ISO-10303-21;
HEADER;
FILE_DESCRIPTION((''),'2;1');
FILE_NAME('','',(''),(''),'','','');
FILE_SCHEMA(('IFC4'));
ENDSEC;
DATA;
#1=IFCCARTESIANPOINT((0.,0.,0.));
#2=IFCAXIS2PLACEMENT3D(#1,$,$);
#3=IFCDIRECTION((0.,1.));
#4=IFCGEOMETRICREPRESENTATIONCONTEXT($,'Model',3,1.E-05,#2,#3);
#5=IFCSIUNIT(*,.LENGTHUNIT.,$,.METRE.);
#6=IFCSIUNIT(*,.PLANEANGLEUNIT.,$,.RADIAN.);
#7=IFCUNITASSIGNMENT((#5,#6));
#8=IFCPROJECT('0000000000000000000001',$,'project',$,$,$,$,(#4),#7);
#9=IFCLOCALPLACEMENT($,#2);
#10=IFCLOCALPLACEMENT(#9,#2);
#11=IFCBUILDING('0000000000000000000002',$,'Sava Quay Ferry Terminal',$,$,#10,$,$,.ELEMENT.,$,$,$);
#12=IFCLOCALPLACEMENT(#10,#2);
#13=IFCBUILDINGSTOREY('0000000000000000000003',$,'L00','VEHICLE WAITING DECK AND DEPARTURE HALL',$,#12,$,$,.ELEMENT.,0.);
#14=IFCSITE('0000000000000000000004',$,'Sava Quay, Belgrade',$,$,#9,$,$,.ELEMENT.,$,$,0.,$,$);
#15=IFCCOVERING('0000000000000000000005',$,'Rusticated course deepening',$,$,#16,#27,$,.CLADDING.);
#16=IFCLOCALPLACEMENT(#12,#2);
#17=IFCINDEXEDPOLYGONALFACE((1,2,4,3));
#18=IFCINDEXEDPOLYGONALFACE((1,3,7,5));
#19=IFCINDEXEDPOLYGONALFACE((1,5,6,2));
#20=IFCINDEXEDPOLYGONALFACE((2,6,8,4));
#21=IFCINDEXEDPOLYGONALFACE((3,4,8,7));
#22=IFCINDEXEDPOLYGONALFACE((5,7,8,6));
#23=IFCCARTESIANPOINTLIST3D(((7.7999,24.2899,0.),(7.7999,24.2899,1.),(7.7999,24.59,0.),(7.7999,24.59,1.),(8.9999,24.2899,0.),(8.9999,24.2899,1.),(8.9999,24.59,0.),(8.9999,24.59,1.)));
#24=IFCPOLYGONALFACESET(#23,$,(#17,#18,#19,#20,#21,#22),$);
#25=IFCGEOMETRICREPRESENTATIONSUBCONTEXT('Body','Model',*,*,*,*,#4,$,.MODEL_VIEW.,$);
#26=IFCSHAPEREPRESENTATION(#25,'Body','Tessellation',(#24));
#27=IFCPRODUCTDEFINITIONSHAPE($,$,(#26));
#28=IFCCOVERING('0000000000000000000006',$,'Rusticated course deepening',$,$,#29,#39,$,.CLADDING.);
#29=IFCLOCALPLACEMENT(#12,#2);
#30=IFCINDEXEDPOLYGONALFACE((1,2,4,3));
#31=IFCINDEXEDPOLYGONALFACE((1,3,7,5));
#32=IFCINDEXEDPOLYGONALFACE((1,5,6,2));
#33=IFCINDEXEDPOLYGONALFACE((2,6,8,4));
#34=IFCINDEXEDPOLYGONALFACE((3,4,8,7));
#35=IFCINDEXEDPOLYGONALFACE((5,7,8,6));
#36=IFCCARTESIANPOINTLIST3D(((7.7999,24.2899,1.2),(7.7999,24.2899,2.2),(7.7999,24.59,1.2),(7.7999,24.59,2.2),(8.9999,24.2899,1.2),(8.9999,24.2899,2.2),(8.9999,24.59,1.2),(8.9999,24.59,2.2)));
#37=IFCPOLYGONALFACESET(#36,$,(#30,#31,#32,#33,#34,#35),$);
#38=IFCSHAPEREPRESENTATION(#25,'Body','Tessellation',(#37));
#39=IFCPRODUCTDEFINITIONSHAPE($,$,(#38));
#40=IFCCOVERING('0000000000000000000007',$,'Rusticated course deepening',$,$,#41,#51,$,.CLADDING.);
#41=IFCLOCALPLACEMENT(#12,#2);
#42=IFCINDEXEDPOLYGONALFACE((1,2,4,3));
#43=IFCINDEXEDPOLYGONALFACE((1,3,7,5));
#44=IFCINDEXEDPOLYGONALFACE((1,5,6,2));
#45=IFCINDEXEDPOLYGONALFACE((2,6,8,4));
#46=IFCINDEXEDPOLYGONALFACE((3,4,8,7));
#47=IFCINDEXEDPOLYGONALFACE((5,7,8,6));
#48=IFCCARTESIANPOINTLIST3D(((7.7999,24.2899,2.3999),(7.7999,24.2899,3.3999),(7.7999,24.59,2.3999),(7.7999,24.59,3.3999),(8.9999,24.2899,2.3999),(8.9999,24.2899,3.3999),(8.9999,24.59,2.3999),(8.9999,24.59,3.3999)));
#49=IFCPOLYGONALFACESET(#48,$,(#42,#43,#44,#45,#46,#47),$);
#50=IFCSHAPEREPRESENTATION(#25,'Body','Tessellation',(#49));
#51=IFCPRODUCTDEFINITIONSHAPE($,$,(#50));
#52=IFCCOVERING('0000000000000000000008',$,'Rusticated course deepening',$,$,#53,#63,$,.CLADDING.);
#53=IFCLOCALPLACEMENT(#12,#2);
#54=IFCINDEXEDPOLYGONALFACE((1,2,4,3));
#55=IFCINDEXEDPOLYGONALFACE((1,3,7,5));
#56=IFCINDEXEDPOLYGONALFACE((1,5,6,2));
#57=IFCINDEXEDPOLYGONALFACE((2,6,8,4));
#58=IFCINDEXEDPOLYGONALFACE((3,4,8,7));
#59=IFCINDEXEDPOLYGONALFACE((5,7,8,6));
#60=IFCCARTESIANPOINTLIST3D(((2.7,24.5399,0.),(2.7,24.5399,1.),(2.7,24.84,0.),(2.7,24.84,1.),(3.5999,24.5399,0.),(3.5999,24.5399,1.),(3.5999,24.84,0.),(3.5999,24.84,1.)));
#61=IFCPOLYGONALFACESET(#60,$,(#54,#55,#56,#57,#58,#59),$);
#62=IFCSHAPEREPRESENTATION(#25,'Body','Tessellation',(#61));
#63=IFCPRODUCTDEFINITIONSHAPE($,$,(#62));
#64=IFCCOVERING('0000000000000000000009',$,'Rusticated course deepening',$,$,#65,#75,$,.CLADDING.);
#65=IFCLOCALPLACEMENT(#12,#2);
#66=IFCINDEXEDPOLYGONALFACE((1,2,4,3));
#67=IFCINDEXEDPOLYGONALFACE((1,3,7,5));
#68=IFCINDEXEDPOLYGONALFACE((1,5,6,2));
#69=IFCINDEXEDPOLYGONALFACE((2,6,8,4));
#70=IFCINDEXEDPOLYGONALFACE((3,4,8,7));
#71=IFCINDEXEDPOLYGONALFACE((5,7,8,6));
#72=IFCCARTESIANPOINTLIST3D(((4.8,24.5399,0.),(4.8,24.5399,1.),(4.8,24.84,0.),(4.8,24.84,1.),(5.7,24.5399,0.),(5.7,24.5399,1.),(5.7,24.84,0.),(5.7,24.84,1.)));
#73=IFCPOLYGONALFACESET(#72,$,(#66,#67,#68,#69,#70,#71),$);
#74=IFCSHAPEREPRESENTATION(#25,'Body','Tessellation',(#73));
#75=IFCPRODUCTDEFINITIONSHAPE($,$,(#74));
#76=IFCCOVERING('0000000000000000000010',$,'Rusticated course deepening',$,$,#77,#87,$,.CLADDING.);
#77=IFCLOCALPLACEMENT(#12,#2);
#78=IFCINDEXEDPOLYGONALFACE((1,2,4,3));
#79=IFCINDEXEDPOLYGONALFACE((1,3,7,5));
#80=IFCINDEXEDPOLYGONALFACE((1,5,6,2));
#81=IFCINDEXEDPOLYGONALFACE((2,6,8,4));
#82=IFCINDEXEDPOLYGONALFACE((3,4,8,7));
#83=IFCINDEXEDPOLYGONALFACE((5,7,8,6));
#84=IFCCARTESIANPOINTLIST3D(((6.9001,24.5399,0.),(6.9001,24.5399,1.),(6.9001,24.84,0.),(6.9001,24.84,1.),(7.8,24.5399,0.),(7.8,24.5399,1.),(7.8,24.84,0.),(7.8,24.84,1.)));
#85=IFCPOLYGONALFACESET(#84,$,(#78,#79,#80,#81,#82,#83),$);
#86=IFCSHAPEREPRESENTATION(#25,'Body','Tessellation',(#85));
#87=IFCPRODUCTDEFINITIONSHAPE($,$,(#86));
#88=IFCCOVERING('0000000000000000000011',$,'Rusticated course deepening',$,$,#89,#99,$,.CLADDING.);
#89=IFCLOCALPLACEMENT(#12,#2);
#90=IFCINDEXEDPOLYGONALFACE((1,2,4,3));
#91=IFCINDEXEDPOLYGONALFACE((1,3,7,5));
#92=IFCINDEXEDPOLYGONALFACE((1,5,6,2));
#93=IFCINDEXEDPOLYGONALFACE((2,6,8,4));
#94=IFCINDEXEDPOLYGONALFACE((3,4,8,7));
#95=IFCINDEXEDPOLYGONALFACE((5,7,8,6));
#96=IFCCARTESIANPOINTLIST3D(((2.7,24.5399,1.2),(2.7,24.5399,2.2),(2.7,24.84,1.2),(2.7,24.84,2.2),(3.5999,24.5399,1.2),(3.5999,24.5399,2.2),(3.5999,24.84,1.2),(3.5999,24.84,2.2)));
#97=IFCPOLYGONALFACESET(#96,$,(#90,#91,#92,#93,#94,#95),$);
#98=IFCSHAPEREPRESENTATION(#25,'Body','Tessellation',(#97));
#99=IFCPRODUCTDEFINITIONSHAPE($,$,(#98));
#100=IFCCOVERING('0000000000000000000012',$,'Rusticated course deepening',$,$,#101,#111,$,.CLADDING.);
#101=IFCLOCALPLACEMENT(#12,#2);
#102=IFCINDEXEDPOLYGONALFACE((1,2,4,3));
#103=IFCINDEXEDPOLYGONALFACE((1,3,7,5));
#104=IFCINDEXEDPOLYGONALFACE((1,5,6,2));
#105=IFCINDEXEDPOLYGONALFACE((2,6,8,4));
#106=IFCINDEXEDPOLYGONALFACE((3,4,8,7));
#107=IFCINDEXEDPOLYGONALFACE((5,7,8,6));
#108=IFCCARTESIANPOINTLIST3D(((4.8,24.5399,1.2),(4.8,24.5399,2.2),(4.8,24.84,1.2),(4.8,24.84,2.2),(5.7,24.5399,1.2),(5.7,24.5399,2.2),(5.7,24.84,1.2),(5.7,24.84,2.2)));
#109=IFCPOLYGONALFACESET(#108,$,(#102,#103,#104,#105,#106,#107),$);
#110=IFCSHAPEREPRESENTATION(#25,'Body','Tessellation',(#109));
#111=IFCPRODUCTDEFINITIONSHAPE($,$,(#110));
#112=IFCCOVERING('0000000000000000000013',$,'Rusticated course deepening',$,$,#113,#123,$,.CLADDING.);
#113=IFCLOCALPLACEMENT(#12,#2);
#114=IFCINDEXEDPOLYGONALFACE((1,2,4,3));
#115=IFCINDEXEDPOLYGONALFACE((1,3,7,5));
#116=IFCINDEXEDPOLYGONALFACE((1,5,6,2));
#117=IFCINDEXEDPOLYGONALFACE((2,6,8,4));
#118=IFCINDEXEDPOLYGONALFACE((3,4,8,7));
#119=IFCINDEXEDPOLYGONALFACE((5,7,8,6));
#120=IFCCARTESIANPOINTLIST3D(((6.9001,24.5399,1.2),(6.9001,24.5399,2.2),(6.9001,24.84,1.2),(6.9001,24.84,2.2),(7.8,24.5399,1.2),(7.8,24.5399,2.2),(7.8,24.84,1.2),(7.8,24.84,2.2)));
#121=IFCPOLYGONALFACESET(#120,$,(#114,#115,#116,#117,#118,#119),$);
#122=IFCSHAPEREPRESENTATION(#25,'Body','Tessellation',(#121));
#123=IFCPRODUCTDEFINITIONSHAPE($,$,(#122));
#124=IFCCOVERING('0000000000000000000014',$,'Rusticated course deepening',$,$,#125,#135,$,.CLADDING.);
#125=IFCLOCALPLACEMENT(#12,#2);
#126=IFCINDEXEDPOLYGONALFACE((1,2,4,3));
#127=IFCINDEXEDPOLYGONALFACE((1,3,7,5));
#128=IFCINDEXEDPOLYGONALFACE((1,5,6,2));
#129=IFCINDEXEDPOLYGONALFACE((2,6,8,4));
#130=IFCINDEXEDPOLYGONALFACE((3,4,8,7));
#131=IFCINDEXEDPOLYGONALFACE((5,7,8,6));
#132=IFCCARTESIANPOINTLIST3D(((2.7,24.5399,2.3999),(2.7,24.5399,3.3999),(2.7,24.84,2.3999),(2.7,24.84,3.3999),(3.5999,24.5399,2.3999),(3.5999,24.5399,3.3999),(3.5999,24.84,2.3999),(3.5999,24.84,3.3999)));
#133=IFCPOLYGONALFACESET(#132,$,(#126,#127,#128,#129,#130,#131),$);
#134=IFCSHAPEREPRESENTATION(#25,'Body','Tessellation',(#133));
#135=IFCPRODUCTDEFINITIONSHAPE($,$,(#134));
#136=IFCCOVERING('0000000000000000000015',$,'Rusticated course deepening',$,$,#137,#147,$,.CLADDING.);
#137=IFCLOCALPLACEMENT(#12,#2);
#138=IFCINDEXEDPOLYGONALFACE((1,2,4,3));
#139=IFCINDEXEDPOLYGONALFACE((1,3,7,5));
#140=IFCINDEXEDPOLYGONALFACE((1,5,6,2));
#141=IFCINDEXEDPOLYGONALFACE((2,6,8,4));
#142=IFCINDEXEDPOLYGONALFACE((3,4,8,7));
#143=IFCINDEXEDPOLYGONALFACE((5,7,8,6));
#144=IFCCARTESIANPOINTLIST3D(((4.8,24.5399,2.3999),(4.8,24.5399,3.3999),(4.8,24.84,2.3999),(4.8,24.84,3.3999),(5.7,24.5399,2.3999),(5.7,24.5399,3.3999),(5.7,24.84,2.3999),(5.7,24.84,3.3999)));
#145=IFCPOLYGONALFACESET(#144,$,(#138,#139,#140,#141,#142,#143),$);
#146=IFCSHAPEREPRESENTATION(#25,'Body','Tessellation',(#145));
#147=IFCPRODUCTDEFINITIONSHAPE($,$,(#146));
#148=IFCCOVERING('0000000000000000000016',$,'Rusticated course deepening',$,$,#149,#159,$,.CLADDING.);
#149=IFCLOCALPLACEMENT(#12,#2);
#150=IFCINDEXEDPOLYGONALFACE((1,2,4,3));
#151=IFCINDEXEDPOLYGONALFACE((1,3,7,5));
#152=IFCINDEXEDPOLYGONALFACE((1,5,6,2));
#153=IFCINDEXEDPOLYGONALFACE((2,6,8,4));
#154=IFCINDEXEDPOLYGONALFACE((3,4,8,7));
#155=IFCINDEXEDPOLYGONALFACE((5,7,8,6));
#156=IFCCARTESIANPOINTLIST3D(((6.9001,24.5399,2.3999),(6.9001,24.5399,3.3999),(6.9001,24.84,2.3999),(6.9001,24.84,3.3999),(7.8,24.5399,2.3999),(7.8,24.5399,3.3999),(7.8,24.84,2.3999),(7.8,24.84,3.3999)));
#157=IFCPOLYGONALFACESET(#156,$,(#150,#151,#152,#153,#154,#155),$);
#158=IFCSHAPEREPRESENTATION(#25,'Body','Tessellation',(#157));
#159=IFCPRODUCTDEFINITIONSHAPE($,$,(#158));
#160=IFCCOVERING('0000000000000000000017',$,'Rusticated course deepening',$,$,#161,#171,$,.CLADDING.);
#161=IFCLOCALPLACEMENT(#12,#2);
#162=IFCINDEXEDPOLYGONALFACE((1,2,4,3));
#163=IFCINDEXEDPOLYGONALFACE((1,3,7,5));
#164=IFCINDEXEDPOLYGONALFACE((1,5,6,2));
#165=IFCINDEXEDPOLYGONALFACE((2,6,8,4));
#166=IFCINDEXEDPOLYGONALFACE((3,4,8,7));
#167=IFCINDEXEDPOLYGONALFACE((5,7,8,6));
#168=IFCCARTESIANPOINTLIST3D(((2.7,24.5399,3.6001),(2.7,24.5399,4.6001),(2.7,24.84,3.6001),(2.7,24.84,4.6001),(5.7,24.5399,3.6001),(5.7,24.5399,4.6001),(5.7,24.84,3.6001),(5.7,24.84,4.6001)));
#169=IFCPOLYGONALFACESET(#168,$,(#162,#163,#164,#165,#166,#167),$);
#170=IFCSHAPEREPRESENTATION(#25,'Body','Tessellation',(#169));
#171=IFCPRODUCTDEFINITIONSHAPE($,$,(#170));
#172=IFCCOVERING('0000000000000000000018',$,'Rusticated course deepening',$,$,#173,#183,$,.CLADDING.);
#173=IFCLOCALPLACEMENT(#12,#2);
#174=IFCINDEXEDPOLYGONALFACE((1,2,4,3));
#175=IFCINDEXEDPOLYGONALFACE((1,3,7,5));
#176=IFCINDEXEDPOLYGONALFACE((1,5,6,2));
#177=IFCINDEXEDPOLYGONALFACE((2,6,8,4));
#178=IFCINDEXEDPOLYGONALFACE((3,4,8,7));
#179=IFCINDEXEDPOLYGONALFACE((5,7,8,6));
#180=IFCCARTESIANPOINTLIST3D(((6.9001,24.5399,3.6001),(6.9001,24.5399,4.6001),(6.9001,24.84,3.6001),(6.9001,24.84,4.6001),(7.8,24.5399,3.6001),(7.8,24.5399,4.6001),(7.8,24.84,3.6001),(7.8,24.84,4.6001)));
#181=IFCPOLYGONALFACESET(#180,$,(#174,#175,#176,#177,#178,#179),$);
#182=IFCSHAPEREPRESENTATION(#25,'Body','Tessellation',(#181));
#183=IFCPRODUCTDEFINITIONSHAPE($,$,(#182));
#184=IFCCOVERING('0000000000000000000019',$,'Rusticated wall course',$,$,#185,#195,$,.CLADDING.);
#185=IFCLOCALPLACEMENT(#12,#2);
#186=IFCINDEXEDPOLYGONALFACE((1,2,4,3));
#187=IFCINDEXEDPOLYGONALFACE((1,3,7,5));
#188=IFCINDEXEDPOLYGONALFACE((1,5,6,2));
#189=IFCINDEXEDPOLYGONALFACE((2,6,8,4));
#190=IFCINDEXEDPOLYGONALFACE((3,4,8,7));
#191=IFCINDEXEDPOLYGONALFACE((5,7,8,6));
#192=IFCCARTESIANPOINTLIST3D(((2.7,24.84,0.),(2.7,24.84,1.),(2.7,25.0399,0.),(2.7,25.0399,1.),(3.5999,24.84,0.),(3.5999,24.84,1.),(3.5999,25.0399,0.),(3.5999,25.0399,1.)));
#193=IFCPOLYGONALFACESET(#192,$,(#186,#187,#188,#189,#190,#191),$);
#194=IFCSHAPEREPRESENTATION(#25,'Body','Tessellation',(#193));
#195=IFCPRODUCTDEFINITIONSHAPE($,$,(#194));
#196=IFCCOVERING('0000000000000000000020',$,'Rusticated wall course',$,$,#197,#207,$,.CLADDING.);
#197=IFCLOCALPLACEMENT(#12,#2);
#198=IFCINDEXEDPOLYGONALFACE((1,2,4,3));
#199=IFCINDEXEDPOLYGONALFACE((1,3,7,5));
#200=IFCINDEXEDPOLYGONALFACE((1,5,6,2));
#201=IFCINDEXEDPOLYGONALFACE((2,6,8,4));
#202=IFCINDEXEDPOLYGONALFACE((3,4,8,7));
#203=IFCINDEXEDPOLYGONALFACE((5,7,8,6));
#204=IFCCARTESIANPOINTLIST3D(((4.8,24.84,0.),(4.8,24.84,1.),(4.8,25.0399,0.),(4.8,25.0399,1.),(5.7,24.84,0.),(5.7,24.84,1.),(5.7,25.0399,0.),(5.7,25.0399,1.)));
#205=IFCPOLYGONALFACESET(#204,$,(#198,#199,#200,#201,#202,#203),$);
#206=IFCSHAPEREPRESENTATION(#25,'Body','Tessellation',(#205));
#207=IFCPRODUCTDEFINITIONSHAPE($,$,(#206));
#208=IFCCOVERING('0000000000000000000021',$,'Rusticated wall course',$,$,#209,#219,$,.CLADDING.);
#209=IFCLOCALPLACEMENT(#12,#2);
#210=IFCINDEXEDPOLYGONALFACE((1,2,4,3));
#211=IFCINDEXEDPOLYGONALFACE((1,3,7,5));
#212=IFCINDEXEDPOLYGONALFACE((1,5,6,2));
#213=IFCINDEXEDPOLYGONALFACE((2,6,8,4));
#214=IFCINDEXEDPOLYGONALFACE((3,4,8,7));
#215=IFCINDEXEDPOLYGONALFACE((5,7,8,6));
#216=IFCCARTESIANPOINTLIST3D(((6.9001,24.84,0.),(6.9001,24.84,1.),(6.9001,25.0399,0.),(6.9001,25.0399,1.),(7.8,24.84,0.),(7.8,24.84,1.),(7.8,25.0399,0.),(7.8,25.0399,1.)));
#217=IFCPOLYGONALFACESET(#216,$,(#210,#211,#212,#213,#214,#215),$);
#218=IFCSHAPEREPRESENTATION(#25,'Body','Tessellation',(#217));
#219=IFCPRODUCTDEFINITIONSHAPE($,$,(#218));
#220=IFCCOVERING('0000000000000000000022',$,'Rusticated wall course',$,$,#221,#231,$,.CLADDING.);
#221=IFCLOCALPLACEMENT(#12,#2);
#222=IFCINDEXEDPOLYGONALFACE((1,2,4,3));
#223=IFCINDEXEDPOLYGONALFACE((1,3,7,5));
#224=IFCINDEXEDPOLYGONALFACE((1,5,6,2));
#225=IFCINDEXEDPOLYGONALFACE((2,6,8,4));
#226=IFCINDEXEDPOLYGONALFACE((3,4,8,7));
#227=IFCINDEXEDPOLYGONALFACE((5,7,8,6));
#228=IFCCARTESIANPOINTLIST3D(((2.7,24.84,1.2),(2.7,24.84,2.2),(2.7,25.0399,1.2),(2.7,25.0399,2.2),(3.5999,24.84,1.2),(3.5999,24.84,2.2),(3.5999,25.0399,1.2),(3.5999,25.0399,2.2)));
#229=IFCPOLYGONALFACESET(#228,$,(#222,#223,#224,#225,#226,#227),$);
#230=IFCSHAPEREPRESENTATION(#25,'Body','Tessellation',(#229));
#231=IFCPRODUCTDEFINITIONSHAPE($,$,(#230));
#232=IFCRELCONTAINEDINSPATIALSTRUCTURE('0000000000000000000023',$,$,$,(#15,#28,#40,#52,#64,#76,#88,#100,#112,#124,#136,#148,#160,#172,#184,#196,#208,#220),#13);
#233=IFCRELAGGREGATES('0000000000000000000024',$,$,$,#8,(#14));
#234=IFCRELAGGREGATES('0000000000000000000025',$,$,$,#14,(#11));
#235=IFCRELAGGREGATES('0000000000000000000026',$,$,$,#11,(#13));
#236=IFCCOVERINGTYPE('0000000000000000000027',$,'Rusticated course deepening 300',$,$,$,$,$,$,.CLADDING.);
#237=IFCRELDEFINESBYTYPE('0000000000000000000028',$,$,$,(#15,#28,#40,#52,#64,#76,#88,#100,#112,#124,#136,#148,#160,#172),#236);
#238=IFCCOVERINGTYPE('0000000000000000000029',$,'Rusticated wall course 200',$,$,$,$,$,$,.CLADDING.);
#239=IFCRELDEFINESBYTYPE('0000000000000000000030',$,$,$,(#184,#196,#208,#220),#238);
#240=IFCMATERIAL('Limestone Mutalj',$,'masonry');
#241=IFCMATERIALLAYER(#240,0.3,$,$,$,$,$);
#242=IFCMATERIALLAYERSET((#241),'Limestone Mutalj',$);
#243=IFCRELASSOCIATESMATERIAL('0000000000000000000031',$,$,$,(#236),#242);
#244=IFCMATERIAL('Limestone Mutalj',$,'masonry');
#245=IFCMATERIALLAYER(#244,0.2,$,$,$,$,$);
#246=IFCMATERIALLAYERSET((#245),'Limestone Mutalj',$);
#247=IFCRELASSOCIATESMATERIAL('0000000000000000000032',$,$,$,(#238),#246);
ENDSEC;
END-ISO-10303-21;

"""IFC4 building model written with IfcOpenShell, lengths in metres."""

from ifc_helpers import new_model, si_unit, direction, frame, origin, origin_2d, place, context, subcontext, project, spatial, rectangle, extrude, material, layer, layer_set, type_object, element, save


model = new_model("IFC4")

# Units and contexts
model_context = context("Model", 3, precision=1e-05, world=origin(), true_north=direction((0.0, 1.0)))
body_context = subcontext(model_context, "Body", "Model", "MODEL_VIEW")
ifc_project = project(units=[si_unit("LENGTHUNIT", "METRE"), si_unit("PLANEANGLEUNIT", "RADIAN")], contexts=[model_context])

# Site, building, storey
site_placement = place(None, origin())
site = spatial("IfcSite", under=ifc_project, at=site_placement, Name="Sava Quay, Belgrade", CompositionType="ELEMENT", RefElevation=0.0)
building_placement = place(site_placement, origin())
building = spatial("IfcBuilding", under=site, at=building_placement, Name="Sava Quay Ferry Terminal", CompositionType="ELEMENT")
storey_placement = place(building_placement, origin())
storey = spatial("IfcBuildingStorey", under=building, at=storey_placement, Name="L00", Description="VEHICLE WAITING DECK AND DEPARTURE HALL", CompositionType="ELEMENT", Elevation=0.0)

# Coverings
ifc_material_1 = material(Name="Limestone Mutalj", Category="masonry")
ifc_layer_1 = layer(ifc_material_1, 0.3)
ifc_layer_set_1 = layer_set([ifc_layer_1], Name="Limestone Mutalj")
covering_type_1 = type_object("IfcCoveringType", Name="Rusticated course deepening 300", PredefinedType="CLADDING", material=ifc_layer_set_1)
for number, where, z_axis, x_axis, name in (
    (1, (8.3999, 24.4399, 0.0), (0.0, 0.0, 1.0), (1.0, 0.0, 0.0), "Rusticated course deepening"),
    (2, (8.3999, 24.4399, 1.2), (0.0, 0.0, 1.0), (1.0, 0.0, 0.0), "Rusticated course deepening"),
    (3, (8.3999, 24.4399, 2.3999), (0.0, 0.0, 1.0), (1.0, 0.0, 0.0), "Rusticated course deepening"),
):
    element("IfcCovering", number, at=place(storey_placement, frame(where, z_axis=z_axis, x_axis=x_axis)), inside=storey, type_object=covering_type_1, Name=name, PredefinedType="CLADDING", context=body_context, shape_type="SweptSolid", body=[
        extrude(rectangle(XDim=1.2, YDim=0.3, at=origin_2d()), origin(), (0.0, 0.0, 1.0), 1.0),
    ])
for number, where, z_axis, x_axis, name in (
    (4, (3.1499, 24.6899, 0.0), (0.0, 0.0, 1.0), (1.0, 0.0, 0.0), "Rusticated course deepening"),
    (5, (5.25, 24.6899, 0.0), (0.0, 0.0, 1.0), (1.0, 0.0, 0.0), "Rusticated course deepening"),
    (6, (7.3501, 24.6899, 0.0), (0.0, 0.0, 1.0), (1.0, 0.0, 0.0), "Rusticated course deepening"),
    (7, (3.1499, 24.6899, 1.2), (0.0, 0.0, 1.0), (1.0, 0.0, 0.0), "Rusticated course deepening"),
    (8, (5.25, 24.6899, 1.2), (0.0, 0.0, 1.0), (1.0, 0.0, 0.0), "Rusticated course deepening"),
    (9, (7.3501, 24.6899, 1.2), (0.0, 0.0, 1.0), (1.0, 0.0, 0.0), "Rusticated course deepening"),
    (10, (3.1499, 24.6899, 2.3999), (0.0, 0.0, 1.0), (1.0, 0.0, 0.0), "Rusticated course deepening"),
    (11, (5.25, 24.6899, 2.3999), (0.0, 0.0, 1.0), (1.0, 0.0, 0.0), "Rusticated course deepening"),
    (12, (7.3501, 24.6899, 2.3999), (0.0, 0.0, 1.0), (1.0, 0.0, 0.0), "Rusticated course deepening"),
):
    element("IfcCovering", number, at=place(storey_placement, frame(where, z_axis=z_axis, x_axis=x_axis)), inside=storey, type_object=covering_type_1, Name=name, PredefinedType="CLADDING", context=body_context, shape_type="SweptSolid", body=[
        extrude(rectangle(XDim=0.8999, YDim=0.3, at=origin_2d()), origin(), (0.0, 0.0, 1.0), 1.0),
    ])
covering_1_placement = place(storey_placement, frame((4.2, 24.6899, 3.6001), z_axis=(0.0, 0.0, 1.0), x_axis=(1.0, 0.0, 0.0)))
element("IfcCovering", 13, at=covering_1_placement, inside=storey, type_object=covering_type_1, Name="Rusticated course deepening", PredefinedType="CLADDING", context=body_context, shape_type="SweptSolid", body=[
    extrude(rectangle(XDim=3.0, YDim=0.3, at=origin_2d()), origin(), (0.0, 0.0, 1.0), 1.0),
])
covering_2_placement = place(storey_placement, frame((7.3501, 24.6899, 3.6001), z_axis=(0.0, 0.0, 1.0), x_axis=(1.0, 0.0, 0.0)))
element("IfcCovering", 14, at=covering_2_placement, inside=storey, type_object=covering_type_1, Name="Rusticated course deepening", PredefinedType="CLADDING", context=body_context, shape_type="SweptSolid", body=[
    extrude(rectangle(XDim=0.8999, YDim=0.3, at=origin_2d()), origin(), (0.0, 0.0, 1.0), 1.0),
])
ifc_material_2 = material(Name="Limestone Mutalj", Category="masonry")
ifc_layer_2 = layer(ifc_material_2, 0.2)
ifc_layer_set_2 = layer_set([ifc_layer_2], Name="Limestone Mutalj")
covering_type_2 = type_object("IfcCoveringType", Name="Rusticated wall course 200", PredefinedType="CLADDING", material=ifc_layer_set_2)
for number, where, z_axis, x_axis, name in (
    (15, (3.1499, 24.9399, 0.0), (0.0, 0.0, 1.0), (1.0, 0.0, 0.0), "Rusticated wall course"),
    (16, (5.25, 24.9399, 0.0), (0.0, 0.0, 1.0), (1.0, 0.0, 0.0), "Rusticated wall course"),
    (17, (7.3501, 24.9399, 0.0), (0.0, 0.0, 1.0), (1.0, 0.0, 0.0), "Rusticated wall course"),
    (18, (3.1499, 24.9399, 1.2), (0.0, 0.0, 1.0), (1.0, 0.0, 0.0), "Rusticated wall course"),
):
    element("IfcCovering", number, at=place(storey_placement, frame(where, z_axis=z_axis, x_axis=x_axis)), inside=storey, type_object=covering_type_2, Name=name, PredefinedType="CLADDING", context=body_context, shape_type="SweptSolid", body=[
        extrude(rectangle(XDim=0.8999, YDim=0.2, at=origin_2d()), origin(), (0.0, 0.0, 1.0), 1.0),
    ])

save(model, "model.ifc")
